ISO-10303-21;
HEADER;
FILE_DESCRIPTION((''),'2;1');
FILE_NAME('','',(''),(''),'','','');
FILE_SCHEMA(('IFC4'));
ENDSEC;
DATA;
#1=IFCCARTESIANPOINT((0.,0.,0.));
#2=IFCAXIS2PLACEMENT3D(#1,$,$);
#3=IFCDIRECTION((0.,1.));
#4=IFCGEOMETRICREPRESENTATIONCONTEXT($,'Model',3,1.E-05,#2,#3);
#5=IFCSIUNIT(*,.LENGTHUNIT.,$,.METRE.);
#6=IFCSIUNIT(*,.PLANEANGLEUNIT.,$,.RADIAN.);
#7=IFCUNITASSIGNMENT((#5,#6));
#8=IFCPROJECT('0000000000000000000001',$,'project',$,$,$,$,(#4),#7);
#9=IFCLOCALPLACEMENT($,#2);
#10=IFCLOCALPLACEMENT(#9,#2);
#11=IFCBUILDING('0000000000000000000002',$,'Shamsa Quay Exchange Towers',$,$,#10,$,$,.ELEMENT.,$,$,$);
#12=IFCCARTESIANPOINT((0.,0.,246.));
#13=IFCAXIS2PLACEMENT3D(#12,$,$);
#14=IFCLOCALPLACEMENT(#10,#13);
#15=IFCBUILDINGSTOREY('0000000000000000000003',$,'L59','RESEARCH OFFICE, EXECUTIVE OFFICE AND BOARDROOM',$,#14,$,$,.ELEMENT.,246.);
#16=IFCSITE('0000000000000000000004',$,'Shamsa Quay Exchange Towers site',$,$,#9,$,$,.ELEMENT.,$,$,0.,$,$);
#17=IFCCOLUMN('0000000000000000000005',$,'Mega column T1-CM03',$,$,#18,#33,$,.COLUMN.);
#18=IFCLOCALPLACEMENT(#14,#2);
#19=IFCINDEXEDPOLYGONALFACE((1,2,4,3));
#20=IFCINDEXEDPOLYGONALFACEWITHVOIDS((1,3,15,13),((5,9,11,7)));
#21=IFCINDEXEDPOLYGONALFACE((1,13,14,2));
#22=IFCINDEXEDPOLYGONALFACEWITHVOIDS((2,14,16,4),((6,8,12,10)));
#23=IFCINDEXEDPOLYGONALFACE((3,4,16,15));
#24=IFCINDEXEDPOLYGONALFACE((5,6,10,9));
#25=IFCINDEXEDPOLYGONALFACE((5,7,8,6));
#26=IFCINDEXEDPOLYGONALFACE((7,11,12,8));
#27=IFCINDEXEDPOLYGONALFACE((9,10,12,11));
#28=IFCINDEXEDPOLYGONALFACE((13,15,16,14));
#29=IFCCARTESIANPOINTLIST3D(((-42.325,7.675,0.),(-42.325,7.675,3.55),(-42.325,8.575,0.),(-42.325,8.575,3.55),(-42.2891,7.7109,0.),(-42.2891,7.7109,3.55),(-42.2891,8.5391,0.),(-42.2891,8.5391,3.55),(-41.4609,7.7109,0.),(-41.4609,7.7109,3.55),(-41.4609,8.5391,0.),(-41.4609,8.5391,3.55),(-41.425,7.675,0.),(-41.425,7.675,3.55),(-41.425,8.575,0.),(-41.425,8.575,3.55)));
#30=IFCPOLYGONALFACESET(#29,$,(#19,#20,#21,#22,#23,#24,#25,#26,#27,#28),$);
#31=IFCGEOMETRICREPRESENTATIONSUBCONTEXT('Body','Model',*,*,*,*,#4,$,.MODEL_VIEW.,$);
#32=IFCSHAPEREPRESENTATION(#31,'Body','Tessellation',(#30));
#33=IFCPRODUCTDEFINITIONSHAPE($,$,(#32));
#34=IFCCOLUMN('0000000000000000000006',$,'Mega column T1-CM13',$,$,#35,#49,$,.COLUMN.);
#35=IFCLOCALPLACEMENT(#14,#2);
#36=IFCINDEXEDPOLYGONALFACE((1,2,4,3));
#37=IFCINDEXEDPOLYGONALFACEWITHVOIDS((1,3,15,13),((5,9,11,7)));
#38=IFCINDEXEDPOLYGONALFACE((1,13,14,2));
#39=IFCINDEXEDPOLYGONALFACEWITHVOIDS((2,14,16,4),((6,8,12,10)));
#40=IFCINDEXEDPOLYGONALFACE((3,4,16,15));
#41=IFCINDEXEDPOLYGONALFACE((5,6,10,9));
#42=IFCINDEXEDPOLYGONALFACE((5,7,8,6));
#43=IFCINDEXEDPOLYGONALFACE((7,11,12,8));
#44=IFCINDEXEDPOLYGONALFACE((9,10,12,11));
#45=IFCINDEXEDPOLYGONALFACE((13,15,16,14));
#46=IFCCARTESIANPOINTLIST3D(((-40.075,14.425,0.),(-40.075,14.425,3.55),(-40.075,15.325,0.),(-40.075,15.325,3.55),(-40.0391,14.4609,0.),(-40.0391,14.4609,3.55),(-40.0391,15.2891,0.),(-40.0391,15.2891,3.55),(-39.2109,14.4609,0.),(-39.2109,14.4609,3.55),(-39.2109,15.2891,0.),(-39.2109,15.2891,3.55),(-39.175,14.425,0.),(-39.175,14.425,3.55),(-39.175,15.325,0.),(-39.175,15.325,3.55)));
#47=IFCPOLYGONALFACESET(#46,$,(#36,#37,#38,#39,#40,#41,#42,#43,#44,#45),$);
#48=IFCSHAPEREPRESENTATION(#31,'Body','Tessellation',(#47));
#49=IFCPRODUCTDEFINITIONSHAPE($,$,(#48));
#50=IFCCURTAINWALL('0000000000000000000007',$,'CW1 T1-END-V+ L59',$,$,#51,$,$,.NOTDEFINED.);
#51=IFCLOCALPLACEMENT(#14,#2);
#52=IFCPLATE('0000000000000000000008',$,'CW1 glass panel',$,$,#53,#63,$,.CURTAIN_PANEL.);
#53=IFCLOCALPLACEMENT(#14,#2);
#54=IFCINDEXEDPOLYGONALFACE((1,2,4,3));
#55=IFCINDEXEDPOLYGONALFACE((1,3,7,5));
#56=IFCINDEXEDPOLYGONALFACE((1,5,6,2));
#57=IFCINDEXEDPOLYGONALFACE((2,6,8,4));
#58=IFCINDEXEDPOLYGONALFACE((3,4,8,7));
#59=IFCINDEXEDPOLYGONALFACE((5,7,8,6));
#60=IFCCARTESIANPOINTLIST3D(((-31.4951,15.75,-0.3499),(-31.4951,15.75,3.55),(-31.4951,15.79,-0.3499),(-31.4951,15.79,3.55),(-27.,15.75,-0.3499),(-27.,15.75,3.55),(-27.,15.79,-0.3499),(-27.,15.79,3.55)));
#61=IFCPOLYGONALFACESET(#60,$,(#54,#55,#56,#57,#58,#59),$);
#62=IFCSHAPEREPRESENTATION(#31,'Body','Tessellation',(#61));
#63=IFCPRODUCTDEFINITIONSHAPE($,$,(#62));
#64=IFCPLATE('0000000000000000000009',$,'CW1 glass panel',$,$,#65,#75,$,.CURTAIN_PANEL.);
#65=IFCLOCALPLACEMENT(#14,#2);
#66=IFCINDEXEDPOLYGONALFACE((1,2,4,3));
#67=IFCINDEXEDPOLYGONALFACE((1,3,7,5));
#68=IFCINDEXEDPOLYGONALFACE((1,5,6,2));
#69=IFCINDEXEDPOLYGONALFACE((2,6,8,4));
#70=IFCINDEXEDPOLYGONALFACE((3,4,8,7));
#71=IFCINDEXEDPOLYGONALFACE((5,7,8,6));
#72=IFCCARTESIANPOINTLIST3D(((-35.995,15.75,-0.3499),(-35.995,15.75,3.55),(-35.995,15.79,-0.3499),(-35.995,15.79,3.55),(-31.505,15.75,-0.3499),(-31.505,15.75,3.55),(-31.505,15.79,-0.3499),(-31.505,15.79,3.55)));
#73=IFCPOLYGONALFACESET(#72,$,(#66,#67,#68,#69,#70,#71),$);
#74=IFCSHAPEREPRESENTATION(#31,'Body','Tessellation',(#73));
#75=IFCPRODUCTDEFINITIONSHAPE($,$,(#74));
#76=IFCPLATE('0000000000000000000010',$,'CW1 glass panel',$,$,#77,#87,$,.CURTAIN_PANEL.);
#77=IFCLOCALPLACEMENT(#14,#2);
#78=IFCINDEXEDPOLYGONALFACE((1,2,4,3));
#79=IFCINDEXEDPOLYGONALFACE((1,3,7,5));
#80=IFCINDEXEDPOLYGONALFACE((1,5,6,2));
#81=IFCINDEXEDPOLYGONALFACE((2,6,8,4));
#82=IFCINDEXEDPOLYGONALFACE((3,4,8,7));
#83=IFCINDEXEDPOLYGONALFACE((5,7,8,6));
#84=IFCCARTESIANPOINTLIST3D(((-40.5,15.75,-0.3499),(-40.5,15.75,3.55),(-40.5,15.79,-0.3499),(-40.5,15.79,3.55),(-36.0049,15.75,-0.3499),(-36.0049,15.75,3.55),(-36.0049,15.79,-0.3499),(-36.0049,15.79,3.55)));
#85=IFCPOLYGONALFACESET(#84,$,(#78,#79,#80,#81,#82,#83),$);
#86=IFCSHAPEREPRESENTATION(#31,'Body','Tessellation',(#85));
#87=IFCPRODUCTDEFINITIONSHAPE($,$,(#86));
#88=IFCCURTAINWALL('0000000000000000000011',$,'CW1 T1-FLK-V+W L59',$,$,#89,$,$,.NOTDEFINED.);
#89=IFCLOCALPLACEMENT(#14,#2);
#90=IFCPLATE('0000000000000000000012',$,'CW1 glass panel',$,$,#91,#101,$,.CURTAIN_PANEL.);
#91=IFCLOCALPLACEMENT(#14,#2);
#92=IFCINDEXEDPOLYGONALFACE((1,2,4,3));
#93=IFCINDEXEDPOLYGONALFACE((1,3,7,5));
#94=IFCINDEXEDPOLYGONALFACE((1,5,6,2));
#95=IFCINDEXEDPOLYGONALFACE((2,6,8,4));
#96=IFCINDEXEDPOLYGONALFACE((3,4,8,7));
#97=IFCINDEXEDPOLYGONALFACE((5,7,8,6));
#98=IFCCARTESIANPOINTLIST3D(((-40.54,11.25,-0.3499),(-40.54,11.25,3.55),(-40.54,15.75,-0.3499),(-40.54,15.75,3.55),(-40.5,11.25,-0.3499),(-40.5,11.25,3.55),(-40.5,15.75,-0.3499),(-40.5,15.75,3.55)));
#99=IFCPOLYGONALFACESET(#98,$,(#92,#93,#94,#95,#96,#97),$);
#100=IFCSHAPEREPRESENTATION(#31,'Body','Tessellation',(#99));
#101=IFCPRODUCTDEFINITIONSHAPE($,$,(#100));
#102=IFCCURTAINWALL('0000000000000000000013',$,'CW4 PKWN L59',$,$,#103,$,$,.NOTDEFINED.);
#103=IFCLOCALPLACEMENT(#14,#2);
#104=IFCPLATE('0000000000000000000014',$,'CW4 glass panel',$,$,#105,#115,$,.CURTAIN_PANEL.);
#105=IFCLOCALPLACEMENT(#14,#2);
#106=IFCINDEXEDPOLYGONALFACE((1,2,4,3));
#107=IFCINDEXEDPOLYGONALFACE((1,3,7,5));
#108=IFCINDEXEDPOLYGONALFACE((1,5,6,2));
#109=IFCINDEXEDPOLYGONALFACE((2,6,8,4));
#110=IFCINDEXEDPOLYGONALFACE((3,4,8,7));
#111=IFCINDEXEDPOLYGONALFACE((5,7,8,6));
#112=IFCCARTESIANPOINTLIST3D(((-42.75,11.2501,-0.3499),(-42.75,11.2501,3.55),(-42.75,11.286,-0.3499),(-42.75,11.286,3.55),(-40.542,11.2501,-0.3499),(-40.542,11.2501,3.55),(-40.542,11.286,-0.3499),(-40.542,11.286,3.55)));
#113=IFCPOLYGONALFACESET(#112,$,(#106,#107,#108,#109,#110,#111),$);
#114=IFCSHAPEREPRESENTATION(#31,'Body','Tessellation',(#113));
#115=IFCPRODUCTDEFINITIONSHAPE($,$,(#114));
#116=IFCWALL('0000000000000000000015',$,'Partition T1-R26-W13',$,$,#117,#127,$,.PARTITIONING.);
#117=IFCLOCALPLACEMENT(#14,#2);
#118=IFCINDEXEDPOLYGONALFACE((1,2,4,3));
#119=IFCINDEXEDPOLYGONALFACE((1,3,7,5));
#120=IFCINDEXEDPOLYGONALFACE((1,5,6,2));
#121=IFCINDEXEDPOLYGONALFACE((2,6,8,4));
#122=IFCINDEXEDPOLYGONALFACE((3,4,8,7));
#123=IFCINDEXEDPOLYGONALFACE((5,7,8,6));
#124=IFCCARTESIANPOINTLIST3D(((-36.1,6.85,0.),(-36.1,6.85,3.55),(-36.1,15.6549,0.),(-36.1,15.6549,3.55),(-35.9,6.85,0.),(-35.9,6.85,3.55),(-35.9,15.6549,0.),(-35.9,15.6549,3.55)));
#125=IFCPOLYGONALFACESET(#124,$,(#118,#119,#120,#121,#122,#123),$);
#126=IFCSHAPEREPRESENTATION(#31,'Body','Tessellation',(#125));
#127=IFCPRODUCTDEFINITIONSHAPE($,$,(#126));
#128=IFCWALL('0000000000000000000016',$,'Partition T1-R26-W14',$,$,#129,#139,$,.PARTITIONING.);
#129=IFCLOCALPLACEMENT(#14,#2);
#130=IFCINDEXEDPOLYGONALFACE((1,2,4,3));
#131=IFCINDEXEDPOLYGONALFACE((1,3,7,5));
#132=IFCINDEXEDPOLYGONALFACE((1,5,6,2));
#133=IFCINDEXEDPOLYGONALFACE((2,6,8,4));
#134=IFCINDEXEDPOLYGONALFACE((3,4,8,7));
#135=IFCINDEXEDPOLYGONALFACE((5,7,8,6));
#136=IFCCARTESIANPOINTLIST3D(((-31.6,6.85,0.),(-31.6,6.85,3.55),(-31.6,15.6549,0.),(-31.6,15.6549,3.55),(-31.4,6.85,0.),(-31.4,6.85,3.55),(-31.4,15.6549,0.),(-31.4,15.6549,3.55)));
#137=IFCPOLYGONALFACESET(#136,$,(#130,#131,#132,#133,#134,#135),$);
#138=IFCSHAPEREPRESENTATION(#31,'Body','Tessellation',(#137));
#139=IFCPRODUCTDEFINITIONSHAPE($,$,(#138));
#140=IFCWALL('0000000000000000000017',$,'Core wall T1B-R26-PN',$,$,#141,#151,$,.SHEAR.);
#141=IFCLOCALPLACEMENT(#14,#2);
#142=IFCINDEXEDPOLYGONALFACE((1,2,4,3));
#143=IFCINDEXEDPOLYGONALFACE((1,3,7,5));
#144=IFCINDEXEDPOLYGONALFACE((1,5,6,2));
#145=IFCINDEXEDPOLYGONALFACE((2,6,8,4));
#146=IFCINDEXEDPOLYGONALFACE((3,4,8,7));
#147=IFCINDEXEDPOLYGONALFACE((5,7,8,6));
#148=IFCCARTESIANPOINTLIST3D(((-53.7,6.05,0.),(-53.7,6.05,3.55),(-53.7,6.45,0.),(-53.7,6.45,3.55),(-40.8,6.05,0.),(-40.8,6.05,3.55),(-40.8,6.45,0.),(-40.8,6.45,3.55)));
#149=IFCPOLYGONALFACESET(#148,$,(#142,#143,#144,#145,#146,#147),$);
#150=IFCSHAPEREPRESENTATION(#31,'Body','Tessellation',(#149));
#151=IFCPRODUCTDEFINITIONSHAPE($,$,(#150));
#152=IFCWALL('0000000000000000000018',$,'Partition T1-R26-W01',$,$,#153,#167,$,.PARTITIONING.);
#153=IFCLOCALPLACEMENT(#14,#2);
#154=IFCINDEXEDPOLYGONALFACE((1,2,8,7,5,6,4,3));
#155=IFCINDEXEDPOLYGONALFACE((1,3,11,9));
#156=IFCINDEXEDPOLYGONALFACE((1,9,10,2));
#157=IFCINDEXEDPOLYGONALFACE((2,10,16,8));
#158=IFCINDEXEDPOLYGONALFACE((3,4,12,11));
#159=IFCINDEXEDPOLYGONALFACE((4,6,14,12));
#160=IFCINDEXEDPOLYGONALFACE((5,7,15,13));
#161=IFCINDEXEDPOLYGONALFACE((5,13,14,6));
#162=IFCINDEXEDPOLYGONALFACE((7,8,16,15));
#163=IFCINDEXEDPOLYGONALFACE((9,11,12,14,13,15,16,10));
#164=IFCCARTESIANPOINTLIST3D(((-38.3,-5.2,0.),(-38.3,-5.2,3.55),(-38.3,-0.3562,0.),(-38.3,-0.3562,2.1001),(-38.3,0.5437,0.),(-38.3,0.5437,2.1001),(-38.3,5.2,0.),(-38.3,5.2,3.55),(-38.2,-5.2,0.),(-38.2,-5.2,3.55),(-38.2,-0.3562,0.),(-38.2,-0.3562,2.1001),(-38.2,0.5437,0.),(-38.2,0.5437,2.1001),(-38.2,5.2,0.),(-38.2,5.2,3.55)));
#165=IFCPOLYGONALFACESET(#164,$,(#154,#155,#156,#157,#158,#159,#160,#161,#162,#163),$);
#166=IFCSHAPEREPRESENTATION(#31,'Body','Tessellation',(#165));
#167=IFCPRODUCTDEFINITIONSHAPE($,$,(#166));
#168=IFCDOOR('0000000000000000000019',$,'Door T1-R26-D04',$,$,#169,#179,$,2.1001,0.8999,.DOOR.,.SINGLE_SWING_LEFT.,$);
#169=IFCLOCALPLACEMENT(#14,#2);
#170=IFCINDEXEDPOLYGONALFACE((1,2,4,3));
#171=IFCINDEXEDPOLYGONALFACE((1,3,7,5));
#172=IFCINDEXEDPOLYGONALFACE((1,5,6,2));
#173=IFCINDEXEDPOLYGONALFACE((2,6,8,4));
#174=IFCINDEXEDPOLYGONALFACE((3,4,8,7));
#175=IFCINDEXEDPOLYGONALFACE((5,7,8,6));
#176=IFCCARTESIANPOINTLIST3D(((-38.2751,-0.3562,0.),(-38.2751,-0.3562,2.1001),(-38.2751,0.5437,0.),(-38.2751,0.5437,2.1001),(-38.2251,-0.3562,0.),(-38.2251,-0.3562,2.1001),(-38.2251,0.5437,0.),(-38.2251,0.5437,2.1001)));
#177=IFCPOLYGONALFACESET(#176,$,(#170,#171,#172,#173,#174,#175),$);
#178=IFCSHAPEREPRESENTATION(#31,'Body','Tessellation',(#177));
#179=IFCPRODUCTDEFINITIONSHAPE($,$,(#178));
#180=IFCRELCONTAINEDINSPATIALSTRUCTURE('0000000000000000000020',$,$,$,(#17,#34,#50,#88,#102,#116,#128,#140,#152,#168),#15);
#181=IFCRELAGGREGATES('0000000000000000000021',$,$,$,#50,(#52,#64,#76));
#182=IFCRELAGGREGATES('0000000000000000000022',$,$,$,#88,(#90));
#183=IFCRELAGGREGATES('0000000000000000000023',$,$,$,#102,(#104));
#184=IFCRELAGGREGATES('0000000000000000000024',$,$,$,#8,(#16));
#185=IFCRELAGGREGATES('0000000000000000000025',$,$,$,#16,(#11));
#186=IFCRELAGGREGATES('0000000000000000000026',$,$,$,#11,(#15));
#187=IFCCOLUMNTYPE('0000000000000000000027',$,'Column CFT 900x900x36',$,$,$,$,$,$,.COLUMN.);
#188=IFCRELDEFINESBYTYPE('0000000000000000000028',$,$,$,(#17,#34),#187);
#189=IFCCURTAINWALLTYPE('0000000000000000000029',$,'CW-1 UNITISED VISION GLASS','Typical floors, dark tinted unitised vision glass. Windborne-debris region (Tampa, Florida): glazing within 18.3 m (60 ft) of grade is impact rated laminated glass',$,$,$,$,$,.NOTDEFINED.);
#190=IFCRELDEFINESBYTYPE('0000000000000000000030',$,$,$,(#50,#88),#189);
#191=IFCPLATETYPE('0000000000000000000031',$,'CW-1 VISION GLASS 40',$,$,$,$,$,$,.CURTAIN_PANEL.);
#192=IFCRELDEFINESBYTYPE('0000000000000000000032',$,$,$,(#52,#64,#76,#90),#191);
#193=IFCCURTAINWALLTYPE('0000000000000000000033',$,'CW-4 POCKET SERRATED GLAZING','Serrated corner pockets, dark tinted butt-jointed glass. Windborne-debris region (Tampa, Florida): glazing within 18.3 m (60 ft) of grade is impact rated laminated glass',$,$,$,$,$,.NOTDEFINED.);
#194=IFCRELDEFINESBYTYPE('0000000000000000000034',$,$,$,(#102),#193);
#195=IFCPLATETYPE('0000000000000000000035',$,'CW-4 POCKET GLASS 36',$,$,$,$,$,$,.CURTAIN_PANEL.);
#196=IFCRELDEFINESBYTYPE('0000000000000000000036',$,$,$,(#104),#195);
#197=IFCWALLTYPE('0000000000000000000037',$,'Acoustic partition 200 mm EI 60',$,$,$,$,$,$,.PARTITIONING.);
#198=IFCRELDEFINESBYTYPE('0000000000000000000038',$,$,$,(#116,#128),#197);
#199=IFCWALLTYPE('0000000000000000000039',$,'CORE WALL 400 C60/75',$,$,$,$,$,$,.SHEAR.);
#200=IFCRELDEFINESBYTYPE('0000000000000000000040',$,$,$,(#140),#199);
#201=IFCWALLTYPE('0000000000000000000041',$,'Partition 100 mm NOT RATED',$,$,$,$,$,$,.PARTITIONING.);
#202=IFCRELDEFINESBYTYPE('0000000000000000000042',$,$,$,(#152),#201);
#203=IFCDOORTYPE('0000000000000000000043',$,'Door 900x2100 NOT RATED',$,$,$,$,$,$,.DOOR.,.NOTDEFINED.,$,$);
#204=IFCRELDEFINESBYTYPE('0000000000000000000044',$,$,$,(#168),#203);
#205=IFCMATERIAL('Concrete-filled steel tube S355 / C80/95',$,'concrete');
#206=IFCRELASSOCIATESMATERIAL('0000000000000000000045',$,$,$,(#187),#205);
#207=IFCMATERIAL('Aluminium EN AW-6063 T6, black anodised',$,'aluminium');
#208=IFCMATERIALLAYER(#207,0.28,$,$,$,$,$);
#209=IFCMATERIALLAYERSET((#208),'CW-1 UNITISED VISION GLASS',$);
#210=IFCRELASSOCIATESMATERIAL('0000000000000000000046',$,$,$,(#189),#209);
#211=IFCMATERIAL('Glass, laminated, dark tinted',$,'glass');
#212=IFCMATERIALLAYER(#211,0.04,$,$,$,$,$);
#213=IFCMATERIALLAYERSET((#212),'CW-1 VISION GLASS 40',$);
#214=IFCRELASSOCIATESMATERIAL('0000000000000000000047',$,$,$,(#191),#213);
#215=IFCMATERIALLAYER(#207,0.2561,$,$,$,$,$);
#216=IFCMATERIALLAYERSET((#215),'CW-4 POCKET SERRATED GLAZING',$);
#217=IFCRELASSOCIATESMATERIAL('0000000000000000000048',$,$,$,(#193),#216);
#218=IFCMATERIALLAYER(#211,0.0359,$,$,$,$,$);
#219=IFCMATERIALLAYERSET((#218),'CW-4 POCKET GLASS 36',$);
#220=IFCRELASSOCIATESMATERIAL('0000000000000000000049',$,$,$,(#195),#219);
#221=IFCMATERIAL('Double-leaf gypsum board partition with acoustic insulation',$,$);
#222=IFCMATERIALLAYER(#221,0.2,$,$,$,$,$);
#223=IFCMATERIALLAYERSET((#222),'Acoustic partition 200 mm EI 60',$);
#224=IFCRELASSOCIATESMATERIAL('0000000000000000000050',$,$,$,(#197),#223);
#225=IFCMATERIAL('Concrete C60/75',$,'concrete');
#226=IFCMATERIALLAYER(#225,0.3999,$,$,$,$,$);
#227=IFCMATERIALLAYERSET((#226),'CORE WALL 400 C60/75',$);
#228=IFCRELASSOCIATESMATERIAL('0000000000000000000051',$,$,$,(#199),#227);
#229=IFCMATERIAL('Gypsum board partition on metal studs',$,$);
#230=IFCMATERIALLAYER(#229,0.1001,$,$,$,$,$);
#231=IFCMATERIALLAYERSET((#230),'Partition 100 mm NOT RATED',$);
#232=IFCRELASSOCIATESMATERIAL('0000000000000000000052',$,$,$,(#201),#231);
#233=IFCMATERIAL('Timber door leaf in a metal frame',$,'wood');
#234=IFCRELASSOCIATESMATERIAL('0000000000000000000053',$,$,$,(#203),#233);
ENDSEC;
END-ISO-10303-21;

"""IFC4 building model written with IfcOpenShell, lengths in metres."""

from ifc_helpers import new_model, si_unit, direction, frame, frame_2d, origin, origin_2d, place, context, subcontext, project, spatial, rectangle, hollow_rectangle, extrude, material, layer, layer_set, material_profile, profile_set, type_object, element, fill, aggregate, save


model = new_model("IFC4")

# Units and contexts
model_context = context("Model", 3, precision=1e-05, world=origin(), true_north=direction((0.0, 1.0)))
body_context = subcontext(model_context, "Body", "Model", "MODEL_VIEW")
ifc_project = project(units=[si_unit("LENGTHUNIT", "METRE"), si_unit("PLANEANGLEUNIT", "RADIAN")], contexts=[model_context])

# Site, building, storey
site_placement = place(None, origin())
site = spatial("IfcSite", under=ifc_project, at=site_placement, Name="Shamsa Quay Exchange Towers site", CompositionType="ELEMENT", RefElevation=0.0)
building_placement = place(site_placement, origin())
building = spatial("IfcBuilding", under=site, at=building_placement, Name="Shamsa Quay Exchange Towers", CompositionType="ELEMENT")
storey_placement = place(building_placement, frame((0.0, 0.0, 246.0)))
storey = spatial("IfcBuildingStorey", under=building, at=storey_placement, Name="L59", Description="RESEARCH OFFICE, EXECUTIVE OFFICE AND BOARDROOM", CompositionType="ELEMENT", Elevation=246.0)

# Columns
ifc_material_1 = material(Name="Concrete-filled steel tube S355 / C80/95", Category="concrete")
ifc_material_profile = material_profile(ifc_material_1, hollow_rectangle(XDim=0.8999, YDim=0.8999, WallThickness=0.0359, at=origin_2d()), Name="CFT 900x900x36")
ifc_profile_set = profile_set([ifc_material_profile], Name="Concrete-filled steel tube S355 / C80/95")
column_type = type_object("IfcColumnType", Name="Column CFT 900x900x36", PredefinedType="COLUMN", material=ifc_profile_set)
for number, where, name in (
    (1, (-41.875, 8.125, 0.0), "Mega column T1-CM03"),
    (2, (-39.625, 14.875, 0.0), "Mega column T1-CM13"),
):
    element("IfcColumn", number, at=place(storey_placement, frame(where)), inside=storey, type_object=column_type, Name=name, PredefinedType="COLUMN", context=body_context, shape_type="SweptSolid", body=[
        extrude(hollow_rectangle(XDim=0.8999, YDim=0.8999, WallThickness=0.0359, at=origin_2d()), origin(), (0.0, 0.0, 1.0), 3.55),
    ])

# Curtain wall, plates
ifc_material_2 = material(Name="Aluminium EN AW-6063 T6, black anodised", Category="aluminium")
ifc_layer_1 = layer(ifc_material_2, 0.28)
ifc_layer_set_1 = layer_set([ifc_layer_1], Name="CW-1 UNITISED VISION GLASS")
curtain_wall_type_1 = type_object("IfcCurtainWallType", Name="CW-1 UNITISED VISION GLASS", Description="Typical floors, dark tinted unitised vision glass. Windborne-debris region (Tampa, Florida): glazing within 18.3 m (60 ft) of grade is impact rated laminated glass", PredefinedType="NOTDEFINED", material=ifc_layer_set_1)
curtain_wall_1_placement = place(storey_placement, origin())
curtain_wall_1 = element("IfcCurtainWall", 3, at=curtain_wall_1_placement, inside=storey, type_object=curtain_wall_type_1, Name="CW1 T1-END-V+ L59", PredefinedType="NOTDEFINED")
ifc_material_3 = material(Name="Glass, laminated, dark tinted", Category="glass")
ifc_layer_2 = layer(ifc_material_3, 0.04)
ifc_layer_set_2 = layer_set([ifc_layer_2], Name="CW-1 VISION GLASS 40")
plate_type_1 = type_object("IfcPlateType", Name="CW-1 VISION GLASS 40", PredefinedType="CURTAIN_PANEL", material=ifc_layer_set_2)
plate_1_placement = place(storey_placement, frame((-29.2476, 15.77, -0.3499), z_axis=(0.0, 0.0, 1.0), x_axis=(-1.0, 0.0, 0.0)))
plate_1 = element("IfcPlate", 4, at=plate_1_placement, type_object=plate_type_1, Name="CW1 glass panel", PredefinedType="CURTAIN_PANEL", context=body_context, shape_type="SweptSolid", body=[
    extrude(rectangle(XDim=4.4951, YDim=0.04, at=origin_2d()), origin(), (0.0, 0.0, 1.0), 3.8999),
])
plate_2_placement = place(storey_placement, frame((-33.75, 15.77, -0.3499), z_axis=(0.0, 0.0, 1.0), x_axis=(-1.0, 0.0, 0.0)))
plate_2 = element("IfcPlate", 5, at=plate_2_placement, type_object=plate_type_1, Name="CW1 glass panel", PredefinedType="CURTAIN_PANEL", context=body_context, shape_type="SweptSolid", body=[
    extrude(rectangle(XDim=4.49, YDim=0.04, at=origin_2d()), origin(), (0.0, 0.0, 1.0), 3.8999),
])
plate_3_placement = place(storey_placement, frame((-38.2524, 15.77, -0.3499), z_axis=(0.0, 0.0, 1.0), x_axis=(-1.0, 0.0, 0.0)))
plate_3 = element("IfcPlate", 6, at=plate_3_placement, type_object=plate_type_1, Name="CW1 glass panel", PredefinedType="CURTAIN_PANEL", context=body_context, shape_type="SweptSolid", body=[
    extrude(rectangle(XDim=4.4951, YDim=0.04, at=origin_2d()), origin(), (0.0, 0.0, 1.0), 3.8999),
])
aggregate(curtain_wall_1, [plate_1, plate_2, plate_3])

# Curtain walls, plates
curtain_wall_2_placement = place(storey_placement, origin())
curtain_wall_2 = element("IfcCurtainWall", 7, at=curtain_wall_2_placement, inside=storey, type_object=curtain_wall_type_1, Name="CW1 T1-FLK-V+W L59", PredefinedType="NOTDEFINED")
plate_4_placement = place(storey_placement, frame((-40.52, 13.5, -0.3499), z_axis=(0.0, 0.0, 1.0), x_axis=(0.0, -1.0, 0.0)))
plate_4 = element("IfcPlate", 8, at=plate_4_placement, type_object=plate_type_1, Name="CW1 glass panel", PredefinedType="CURTAIN_PANEL", context=body_context, shape_type="SweptSolid", body=[
    extrude(rectangle(XDim=4.5, YDim=0.04, at=origin_2d()), origin(), (0.0, 0.0, 1.0), 3.8999),
])
aggregate(curtain_wall_2, [plate_4])
ifc_layer_3 = layer(ifc_material_2, 0.2561)
ifc_layer_set_3 = layer_set([ifc_layer_3], Name="CW-4 POCKET SERRATED GLAZING")
curtain_wall_type_2 = type_object("IfcCurtainWallType", Name="CW-4 POCKET SERRATED GLAZING", Description="Serrated corner pockets, dark tinted butt-jointed glass. Windborne-debris region (Tampa, Florida): glazing within 18.3 m (60 ft) of grade is impact rated laminated glass", PredefinedType="NOTDEFINED", material=ifc_layer_set_3)
curtain_wall_3_placement = place(storey_placement, origin())
curtain_wall_3 = element("IfcCurtainWall", 9, at=curtain_wall_3_placement, inside=storey, type_object=curtain_wall_type_2, Name="CW4 PKWN L59", PredefinedType="NOTDEFINED")
ifc_layer_4 = layer(ifc_material_3, 0.0359)
ifc_layer_set_4 = layer_set([ifc_layer_4], Name="CW-4 POCKET GLASS 36")
plate_type_2 = type_object("IfcPlateType", Name="CW-4 POCKET GLASS 36", PredefinedType="CURTAIN_PANEL", material=ifc_layer_set_4)
plate_5_placement = place(storey_placement, frame((-41.646, 11.2681, -0.3499), z_axis=(0.0, 0.0, 1.0), x_axis=(-1.0, 0.0, 0.0)))
plate_5 = element("IfcPlate", 10, at=plate_5_placement, type_object=plate_type_2, Name="CW4 glass panel", PredefinedType="CURTAIN_PANEL", context=body_context, shape_type="SweptSolid", body=[
    extrude(rectangle(XDim=2.208, YDim=0.0359, at=origin_2d()), origin(), (0.0, 0.0, 1.0), 3.8999),
])
aggregate(curtain_wall_3, [plate_5])

# Shared definitions
ifc_material_4 = material(Name="Double-leaf gypsum board partition with acoustic insulation")
ifc_layer_5 = layer(ifc_material_4, 0.2)
ifc_layer_set_5 = layer_set([ifc_layer_5], Name="Acoustic partition 200 mm EI 60")
wall_type_1 = type_object("IfcWallType", Name="Acoustic partition 200 mm EI 60", PredefinedType="PARTITIONING", material=ifc_layer_set_5)
ifc_material_5 = material(Name="Timber door leaf in a metal frame", Category="wood")

# Walls
for number, where, z_axis, x_axis, name in (
    (11, (-36.0, 6.8501, 0.0), (0.0, 0.0, 1.0), (0.0, 1.0, 0.0), "Partition T1-R26-W13"),
    (12, (-31.5, 6.8501, 0.0), (0.0, 0.0, 1.0), (0.0, 1.0, 0.0), "Partition T1-R26-W14"),
):
    element("IfcWall", number, at=place(storey_placement, frame(where, z_axis=z_axis, x_axis=x_axis)), inside=storey, type_object=wall_type_1, Name=name, PredefinedType="PARTITIONING", context=body_context, shape_type="SweptSolid", body=[
        extrude(rectangle(XDim=8.8049, YDim=0.2, at=frame_2d((4.4023, 0.0))), origin(), (0.0, 0.0, 1.0), 3.55),
    ])
ifc_material_6 = material(Name="Concrete C60/75", Category="concrete")
ifc_layer_6 = layer(ifc_material_6, 0.3999)
ifc_layer_set_6 = layer_set([ifc_layer_6], Name="CORE WALL 400 C60/75")
wall_type_2 = type_object("IfcWallType", Name="CORE WALL 400 C60/75", PredefinedType="SHEAR", material=ifc_layer_set_6)
wall_1_placement = place(storey_placement, frame((-40.8, 6.25, 0.0), z_axis=(0.0, 0.0, 1.0), x_axis=(-1.0, 0.0, 0.0)))
element("IfcWall", 13, at=wall_1_placement, inside=storey, type_object=wall_type_2, Name="Core wall T1B-R26-PN", PredefinedType="SHEAR", context=body_context, shape_type="SweptSolid", body=[
    extrude(rectangle(XDim=12.8999, YDim=0.3999, at=frame_2d((6.45, 0.0))), origin(), (0.0, 0.0, 1.0), 3.55),
])

# Wall, opening, door
ifc_material_7 = material(Name="Gypsum board partition on metal studs")
ifc_layer_7 = layer(ifc_material_7, 0.1001)
ifc_layer_set_7 = layer_set([ifc_layer_7], Name="Partition 100 mm NOT RATED")
wall_type_3 = type_object("IfcWallType", Name="Partition 100 mm NOT RATED", PredefinedType="PARTITIONING", material=ifc_layer_set_7)
wall_2_placement = place(storey_placement, frame((-38.25, 5.2, 0.0), z_axis=(0.0, 0.0, 1.0), x_axis=(0.0, -1.0, 0.0)))
wall_2 = element("IfcWall", 14, at=wall_2_placement, inside=storey, type_object=wall_type_3, Name="Partition T1-R26-W01", PredefinedType="PARTITIONING", context=body_context, shape_type="SweptSolid", body=[
    extrude(rectangle(XDim=10.3999, YDim=0.1001, at=frame_2d((5.2, 0.0))), origin(), (0.0, 0.0, 1.0), 3.55),
])
opening_1_placement = place(wall_2_placement, frame((4.6562, 0.0, 0.0)))
opening_1 = element("IfcOpeningElement", 15, at=opening_1_placement, cuts=wall_2, PredefinedType="OPENING", context=body_context, shape_type="SweptSolid", body=[
    extrude(rectangle(XDim=0.8999, YDim=2.1001, at=frame_2d((0.45, 1.05))), frame((0.0, 0.0601, 0.0), z_axis=(0.0, -1.0, 0.0), x_axis=(1.0, 0.0, 0.0)), (0.0, 0.0, 1.0), 0.1201),
])
door_type_1 = type_object("IfcDoorType", Name="Door 900x2100 NOT RATED", OperationType="NOTDEFINED", PredefinedType="DOOR", material=ifc_material_5)
door_1_placement = place(opening_1_placement, origin())
door_1 = element("IfcDoor", 16, at=door_1_placement, inside=storey, type_object=door_type_1, Name="Door T1-R26-D04", OperationType="SINGLE_SWING_LEFT", OverallHeight=2.1001, OverallWidth=0.8999, PredefinedType="DOOR", context=body_context, shape_type="SweptSolid", body=[
    extrude(rectangle(XDim=0.8999, YDim=2.1001, at=frame_2d((0.45, 1.05))), frame((0.0, 0.0249, 0.0), z_axis=(0.0, -1.0, 0.0), x_axis=(1.0, 0.0, 0.0)), (0.0, 0.0, 1.0), 0.05),
])
fill(opening_1, door_1)

save(model, "model.ifc")
